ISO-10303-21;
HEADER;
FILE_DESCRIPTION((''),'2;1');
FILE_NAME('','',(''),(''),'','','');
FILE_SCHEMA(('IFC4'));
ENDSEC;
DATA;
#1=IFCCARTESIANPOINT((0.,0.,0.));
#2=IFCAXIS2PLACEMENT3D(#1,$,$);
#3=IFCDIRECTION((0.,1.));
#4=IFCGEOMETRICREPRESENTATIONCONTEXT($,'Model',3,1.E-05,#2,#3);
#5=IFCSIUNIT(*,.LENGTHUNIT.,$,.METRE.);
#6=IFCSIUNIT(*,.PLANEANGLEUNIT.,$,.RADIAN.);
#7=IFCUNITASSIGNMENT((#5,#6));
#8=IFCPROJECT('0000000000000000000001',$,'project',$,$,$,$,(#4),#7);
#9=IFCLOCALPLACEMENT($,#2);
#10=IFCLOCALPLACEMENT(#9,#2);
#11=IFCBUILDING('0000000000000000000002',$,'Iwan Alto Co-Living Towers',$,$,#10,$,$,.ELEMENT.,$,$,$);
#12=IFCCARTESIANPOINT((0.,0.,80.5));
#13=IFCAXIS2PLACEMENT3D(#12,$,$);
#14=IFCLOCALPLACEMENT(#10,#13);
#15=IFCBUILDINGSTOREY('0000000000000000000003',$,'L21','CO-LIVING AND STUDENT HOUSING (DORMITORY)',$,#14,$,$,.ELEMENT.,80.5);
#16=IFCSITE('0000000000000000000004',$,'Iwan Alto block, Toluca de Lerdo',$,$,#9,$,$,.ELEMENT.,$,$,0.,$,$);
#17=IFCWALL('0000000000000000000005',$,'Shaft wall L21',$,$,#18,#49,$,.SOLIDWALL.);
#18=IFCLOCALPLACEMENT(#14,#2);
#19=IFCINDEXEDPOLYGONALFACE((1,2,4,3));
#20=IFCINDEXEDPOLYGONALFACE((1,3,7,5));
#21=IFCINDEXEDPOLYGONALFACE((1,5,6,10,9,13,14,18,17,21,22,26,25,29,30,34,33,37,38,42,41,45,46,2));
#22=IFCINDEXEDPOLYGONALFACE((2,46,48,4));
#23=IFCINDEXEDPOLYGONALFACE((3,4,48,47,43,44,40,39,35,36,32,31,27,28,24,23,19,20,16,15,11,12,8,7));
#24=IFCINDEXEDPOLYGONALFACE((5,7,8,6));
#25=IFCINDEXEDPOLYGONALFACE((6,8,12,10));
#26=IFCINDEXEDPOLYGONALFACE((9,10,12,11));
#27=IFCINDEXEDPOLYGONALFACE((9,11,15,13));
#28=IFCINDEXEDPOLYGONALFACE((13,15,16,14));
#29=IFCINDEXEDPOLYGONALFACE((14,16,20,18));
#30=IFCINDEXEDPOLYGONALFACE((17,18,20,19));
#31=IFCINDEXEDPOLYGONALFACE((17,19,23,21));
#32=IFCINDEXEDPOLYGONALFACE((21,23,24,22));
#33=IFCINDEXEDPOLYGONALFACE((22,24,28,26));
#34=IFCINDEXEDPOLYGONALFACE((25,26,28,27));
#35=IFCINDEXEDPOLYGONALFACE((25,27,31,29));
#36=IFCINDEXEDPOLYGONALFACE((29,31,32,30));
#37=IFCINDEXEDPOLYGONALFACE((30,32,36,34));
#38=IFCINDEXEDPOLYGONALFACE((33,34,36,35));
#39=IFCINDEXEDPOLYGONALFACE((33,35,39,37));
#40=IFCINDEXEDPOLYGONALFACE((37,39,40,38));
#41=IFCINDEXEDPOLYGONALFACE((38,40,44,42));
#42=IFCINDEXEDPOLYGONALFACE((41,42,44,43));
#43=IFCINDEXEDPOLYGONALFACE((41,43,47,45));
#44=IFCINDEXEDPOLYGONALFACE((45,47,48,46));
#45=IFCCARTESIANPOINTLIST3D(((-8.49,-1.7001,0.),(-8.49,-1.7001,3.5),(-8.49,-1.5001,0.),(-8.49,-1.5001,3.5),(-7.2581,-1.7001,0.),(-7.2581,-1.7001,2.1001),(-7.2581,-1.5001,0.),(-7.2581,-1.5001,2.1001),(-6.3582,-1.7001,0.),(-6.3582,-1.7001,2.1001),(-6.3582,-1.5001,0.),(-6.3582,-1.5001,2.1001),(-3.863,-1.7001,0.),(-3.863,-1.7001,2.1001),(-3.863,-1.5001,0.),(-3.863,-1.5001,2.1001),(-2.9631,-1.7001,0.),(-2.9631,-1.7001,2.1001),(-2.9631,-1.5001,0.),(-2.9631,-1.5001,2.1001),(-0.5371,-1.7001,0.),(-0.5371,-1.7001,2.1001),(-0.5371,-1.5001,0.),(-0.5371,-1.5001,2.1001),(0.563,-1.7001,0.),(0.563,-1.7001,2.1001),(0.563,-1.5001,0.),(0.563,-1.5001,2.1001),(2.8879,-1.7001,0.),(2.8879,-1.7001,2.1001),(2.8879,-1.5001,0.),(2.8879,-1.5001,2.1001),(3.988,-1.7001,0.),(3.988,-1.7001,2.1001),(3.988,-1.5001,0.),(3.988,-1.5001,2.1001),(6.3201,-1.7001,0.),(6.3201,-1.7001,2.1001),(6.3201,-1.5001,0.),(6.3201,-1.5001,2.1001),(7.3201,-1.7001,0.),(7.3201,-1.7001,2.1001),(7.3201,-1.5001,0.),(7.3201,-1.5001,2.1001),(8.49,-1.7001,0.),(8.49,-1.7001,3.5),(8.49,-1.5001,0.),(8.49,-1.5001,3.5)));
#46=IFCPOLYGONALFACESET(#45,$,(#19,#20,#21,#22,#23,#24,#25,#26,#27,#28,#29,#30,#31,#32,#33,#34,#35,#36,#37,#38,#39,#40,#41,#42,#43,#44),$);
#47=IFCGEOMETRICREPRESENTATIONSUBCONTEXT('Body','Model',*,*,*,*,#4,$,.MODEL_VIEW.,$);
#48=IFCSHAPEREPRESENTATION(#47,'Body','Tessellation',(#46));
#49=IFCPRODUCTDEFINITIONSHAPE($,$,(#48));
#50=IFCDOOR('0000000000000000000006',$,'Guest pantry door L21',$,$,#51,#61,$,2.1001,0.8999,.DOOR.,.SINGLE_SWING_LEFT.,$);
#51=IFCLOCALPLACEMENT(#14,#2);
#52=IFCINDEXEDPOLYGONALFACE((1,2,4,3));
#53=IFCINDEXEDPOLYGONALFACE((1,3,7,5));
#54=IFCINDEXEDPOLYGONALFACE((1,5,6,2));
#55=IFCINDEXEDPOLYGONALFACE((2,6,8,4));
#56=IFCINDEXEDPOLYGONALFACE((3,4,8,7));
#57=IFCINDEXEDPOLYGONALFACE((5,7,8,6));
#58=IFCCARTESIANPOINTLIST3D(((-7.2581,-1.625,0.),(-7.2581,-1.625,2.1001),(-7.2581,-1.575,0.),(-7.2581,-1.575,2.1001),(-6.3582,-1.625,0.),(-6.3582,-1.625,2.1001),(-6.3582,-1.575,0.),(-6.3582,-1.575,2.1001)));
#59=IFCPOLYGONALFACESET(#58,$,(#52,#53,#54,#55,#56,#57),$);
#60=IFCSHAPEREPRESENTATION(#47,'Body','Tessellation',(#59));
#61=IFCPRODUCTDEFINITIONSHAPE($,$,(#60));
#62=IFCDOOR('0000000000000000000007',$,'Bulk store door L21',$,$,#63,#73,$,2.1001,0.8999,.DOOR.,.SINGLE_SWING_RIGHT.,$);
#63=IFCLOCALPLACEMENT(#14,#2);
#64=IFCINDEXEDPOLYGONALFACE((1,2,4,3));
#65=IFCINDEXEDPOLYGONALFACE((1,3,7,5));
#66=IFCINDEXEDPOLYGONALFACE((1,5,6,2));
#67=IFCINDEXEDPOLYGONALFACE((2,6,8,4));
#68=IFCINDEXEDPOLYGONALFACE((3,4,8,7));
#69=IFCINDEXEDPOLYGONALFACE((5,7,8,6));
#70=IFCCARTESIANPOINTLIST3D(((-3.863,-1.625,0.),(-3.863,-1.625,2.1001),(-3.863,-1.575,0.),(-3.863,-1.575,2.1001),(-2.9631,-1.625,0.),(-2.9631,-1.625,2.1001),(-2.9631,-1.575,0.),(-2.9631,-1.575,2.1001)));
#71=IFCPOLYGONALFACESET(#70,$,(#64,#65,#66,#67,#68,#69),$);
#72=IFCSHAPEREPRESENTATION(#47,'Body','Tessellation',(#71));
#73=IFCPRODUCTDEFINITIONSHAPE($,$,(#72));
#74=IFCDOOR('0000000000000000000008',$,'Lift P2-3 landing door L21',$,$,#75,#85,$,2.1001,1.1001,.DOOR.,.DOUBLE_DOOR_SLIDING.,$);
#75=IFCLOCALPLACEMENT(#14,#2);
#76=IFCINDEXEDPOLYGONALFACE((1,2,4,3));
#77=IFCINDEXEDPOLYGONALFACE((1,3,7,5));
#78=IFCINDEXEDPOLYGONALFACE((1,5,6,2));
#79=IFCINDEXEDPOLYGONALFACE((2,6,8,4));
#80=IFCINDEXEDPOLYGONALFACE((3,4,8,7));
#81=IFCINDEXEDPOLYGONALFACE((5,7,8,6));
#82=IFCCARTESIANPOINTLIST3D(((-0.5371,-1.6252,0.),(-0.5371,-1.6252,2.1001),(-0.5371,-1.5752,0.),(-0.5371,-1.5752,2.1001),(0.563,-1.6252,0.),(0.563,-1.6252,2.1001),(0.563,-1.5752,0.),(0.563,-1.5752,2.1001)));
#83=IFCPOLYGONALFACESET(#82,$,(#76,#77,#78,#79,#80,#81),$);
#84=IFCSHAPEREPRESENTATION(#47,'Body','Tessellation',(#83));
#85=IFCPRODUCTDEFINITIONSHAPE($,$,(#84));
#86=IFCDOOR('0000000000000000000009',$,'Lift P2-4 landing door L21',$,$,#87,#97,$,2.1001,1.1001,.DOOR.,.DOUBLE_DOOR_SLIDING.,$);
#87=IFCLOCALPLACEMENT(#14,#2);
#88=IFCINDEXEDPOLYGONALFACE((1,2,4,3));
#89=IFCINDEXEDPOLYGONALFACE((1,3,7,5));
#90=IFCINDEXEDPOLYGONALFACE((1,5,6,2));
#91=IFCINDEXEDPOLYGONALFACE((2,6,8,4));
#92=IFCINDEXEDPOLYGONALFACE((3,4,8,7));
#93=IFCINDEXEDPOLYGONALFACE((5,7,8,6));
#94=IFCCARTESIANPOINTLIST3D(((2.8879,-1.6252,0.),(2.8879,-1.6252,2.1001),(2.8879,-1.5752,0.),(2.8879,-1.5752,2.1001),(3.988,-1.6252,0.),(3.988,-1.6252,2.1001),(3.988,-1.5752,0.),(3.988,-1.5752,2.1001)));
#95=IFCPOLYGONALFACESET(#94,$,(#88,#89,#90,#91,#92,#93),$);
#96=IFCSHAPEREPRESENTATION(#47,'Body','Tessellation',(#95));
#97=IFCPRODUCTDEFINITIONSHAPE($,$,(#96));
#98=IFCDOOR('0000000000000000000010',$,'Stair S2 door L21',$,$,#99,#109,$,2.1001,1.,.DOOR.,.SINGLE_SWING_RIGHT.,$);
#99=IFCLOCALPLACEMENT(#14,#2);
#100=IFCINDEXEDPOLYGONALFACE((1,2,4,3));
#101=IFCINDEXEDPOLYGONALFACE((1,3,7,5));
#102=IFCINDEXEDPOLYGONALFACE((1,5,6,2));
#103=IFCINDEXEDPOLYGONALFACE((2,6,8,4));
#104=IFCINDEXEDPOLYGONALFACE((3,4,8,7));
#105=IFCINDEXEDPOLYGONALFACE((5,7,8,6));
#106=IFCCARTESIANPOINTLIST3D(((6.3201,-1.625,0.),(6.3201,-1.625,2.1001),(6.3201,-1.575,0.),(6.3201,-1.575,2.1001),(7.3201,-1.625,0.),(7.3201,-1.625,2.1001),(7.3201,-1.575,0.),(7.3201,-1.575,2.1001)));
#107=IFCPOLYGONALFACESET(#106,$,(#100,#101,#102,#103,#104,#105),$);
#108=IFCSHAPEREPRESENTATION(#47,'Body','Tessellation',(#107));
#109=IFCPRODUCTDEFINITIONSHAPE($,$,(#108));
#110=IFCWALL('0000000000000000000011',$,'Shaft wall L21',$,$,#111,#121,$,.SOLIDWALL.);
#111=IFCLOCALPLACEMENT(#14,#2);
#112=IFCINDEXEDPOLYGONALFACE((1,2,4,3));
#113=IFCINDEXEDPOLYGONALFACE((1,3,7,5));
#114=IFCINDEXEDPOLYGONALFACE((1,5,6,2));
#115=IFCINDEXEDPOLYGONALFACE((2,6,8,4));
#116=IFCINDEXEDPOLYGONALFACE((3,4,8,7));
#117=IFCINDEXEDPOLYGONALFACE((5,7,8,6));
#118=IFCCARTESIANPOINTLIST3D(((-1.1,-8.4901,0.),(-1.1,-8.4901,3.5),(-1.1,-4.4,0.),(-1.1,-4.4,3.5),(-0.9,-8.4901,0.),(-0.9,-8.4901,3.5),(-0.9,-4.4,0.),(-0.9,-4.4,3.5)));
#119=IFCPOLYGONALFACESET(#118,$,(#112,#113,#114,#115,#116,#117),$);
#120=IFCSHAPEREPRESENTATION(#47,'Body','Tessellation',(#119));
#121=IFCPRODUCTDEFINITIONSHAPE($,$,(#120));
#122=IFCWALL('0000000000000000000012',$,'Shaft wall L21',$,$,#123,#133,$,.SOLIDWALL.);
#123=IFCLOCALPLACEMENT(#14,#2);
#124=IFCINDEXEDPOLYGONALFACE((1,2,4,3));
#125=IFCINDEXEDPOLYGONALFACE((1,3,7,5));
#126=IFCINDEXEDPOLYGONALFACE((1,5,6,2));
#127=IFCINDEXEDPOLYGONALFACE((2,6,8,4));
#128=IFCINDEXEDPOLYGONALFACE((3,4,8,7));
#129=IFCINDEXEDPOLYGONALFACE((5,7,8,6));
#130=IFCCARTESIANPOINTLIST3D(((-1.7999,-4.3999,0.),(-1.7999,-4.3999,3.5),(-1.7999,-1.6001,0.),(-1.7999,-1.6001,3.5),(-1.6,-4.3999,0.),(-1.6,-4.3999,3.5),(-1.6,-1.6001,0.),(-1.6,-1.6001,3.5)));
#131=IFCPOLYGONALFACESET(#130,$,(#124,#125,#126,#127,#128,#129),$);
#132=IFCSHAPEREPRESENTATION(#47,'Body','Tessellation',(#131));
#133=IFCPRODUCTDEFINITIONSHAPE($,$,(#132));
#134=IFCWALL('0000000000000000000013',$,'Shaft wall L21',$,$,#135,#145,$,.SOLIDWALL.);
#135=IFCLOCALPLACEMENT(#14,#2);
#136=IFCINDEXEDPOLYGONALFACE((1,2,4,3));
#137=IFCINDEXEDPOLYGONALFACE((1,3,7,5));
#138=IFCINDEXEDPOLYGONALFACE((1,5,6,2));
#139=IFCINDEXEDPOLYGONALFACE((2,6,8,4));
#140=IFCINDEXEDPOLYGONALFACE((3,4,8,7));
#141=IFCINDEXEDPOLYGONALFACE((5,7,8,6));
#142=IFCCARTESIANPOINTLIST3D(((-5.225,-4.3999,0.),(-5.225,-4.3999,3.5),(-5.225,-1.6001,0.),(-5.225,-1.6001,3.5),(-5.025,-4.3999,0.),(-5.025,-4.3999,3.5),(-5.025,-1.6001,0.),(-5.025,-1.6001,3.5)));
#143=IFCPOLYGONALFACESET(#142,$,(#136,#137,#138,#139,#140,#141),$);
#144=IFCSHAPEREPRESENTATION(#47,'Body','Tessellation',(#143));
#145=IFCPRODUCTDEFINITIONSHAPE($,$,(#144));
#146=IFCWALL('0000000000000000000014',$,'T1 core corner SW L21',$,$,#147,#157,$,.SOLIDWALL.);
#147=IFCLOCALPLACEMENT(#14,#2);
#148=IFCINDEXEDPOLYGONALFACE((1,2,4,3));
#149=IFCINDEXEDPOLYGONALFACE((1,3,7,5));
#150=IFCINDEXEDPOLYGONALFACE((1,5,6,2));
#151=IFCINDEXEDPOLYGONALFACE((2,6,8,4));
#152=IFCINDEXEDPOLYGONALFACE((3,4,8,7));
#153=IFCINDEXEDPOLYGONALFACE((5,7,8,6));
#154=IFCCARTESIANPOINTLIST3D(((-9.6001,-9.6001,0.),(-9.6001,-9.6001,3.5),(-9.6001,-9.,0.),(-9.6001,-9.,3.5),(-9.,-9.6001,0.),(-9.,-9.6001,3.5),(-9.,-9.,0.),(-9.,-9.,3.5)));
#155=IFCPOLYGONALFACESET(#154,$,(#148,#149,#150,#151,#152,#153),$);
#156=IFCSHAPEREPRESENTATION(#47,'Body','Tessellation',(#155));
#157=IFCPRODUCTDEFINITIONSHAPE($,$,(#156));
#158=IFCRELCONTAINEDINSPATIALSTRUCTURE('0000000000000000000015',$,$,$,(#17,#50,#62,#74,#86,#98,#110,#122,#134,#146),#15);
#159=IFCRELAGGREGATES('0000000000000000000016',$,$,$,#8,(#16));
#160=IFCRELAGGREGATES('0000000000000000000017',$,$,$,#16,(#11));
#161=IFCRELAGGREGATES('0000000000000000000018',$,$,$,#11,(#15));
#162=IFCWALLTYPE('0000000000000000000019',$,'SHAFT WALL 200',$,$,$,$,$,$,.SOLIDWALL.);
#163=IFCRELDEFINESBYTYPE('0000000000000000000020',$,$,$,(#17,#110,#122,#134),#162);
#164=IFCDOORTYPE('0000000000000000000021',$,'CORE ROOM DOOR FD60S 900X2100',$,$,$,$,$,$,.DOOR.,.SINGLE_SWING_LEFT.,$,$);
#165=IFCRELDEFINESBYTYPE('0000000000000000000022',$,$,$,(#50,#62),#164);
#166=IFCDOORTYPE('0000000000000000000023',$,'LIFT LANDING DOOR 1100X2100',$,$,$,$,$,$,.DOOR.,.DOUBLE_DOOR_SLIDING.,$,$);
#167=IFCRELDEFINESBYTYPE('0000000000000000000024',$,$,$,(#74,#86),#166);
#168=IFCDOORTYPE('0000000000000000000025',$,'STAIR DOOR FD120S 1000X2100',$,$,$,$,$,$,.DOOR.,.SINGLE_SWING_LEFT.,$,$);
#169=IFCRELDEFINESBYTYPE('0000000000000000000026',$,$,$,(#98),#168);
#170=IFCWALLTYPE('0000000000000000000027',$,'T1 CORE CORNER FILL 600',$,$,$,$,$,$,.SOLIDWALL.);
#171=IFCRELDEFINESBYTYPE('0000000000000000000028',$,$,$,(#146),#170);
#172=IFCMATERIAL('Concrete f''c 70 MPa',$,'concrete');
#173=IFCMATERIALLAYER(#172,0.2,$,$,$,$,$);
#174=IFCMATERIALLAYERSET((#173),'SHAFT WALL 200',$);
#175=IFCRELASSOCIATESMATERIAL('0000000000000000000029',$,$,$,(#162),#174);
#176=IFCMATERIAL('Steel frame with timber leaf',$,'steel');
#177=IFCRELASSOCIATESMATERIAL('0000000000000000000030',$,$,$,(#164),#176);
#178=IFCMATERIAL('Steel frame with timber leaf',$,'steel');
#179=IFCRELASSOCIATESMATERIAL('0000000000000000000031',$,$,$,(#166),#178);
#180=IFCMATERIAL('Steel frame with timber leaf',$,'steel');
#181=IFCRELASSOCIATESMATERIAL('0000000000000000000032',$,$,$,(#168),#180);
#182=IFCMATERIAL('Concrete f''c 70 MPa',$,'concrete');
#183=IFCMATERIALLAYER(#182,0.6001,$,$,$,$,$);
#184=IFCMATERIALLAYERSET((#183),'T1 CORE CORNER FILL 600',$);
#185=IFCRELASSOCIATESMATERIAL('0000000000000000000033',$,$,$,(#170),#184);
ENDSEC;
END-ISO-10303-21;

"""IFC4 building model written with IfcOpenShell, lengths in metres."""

from ifc_helpers import new_model, si_unit, direction, frame, frame_2d, origin, place, context, subcontext, project, spatial, rectangle, extrude, material, layer, layer_set, type_object, element, fill, save


model = new_model("IFC4")

# Units and contexts
model_context = context("Model", 3, precision=1e-05, world=origin(), true_north=direction((0.0, 1.0)))
body_context = subcontext(model_context, "Body", "Model", "MODEL_VIEW")
ifc_project = project(units=[si_unit("LENGTHUNIT", "METRE"), si_unit("PLANEANGLEUNIT", "RADIAN")], contexts=[model_context])

# Site, building, storey
site_placement = place(None, origin())
site = spatial("IfcSite", under=ifc_project, at=site_placement, Name="Iwan Alto block, Toluca de Lerdo", CompositionType="ELEMENT", RefElevation=0.0)
building_placement = place(site_placement, origin())
building = spatial("IfcBuilding", under=site, at=building_placement, Name="Iwan Alto Co-Living Towers", CompositionType="ELEMENT")
storey_placement = place(building_placement, frame((0.0, 0.0, 80.5)))
storey = spatial("IfcBuildingStorey", under=building, at=storey_placement, Name="L21", Description="CO-LIVING AND STUDENT HOUSING (DORMITORY)", CompositionType="ELEMENT", Elevation=80.5)

# Shared definitions
ifc_material_1 = material(Name="Concrete f'c 70 MPa", Category="concrete")
ifc_layer_1 = layer(ifc_material_1, 0.2)
ifc_layer_set_1 = layer_set([ifc_layer_1], Name="SHAFT WALL 200")
wall_type_1 = type_object("IfcWallType", Name="SHAFT WALL 200", PredefinedType="SOLIDWALL", material=ifc_layer_set_1)

# Wall, openings, doors
wall_1_placement = place(storey_placement, frame((-8.49, -1.6001, 0.0), z_axis=(0.0, 0.0, 1.0), x_axis=(1.0, 0.0, 0.0)))
wall_1 = element("IfcWall", 1, at=wall_1_placement, inside=storey, type_object=wall_type_1, Name="Shaft wall L21", PredefinedType="SOLIDWALL", context=body_context, shape_type="SweptSolid", body=[
    extrude(rectangle(XDim=16.98, YDim=0.2, at=frame_2d((8.49, 0.0))), origin(), (0.0, 0.0, 1.0), 3.5),
])
opening_1_placement = place(wall_1_placement, frame((14.8101, 0.0, 0.0)))
opening_1 = element("IfcOpeningElement", 2, at=opening_1_placement, cuts=wall_1, PredefinedType="OPENING", context=body_context, shape_type="SweptSolid", body=[
    extrude(rectangle(XDim=1.0, YDim=2.1001, at=frame_2d((0.5, 1.05))), frame((0.0, 0.1099, 0.0), z_axis=(0.0, -1.0, 0.0), x_axis=(1.0, 0.0, 0.0)), (0.0, 0.0, 1.0), 0.22),
])
opening_2_placement = place(wall_1_placement, frame((1.2319, 0.0, 0.0)))
opening_2 = element("IfcOpeningElement", 3, at=opening_2_placement, cuts=wall_1, PredefinedType="OPENING", context=body_context, shape_type="SweptSolid", body=[
    extrude(rectangle(XDim=0.8999, YDim=2.1001, at=frame_2d((0.45, 1.05))), frame((0.0, 0.1099, 0.0), z_axis=(0.0, -1.0, 0.0), x_axis=(1.0, 0.0, 0.0)), (0.0, 0.0, 1.0), 0.22),
])
opening_3_placement = place(wall_1_placement, frame((4.627, 0.0, 0.0)))
opening_3 = element("IfcOpeningElement", 4, at=opening_3_placement, cuts=wall_1, PredefinedType="OPENING", context=body_context, shape_type="SweptSolid", body=[
    extrude(rectangle(XDim=0.8999, YDim=2.1001, at=frame_2d((0.45, 1.05))), frame((0.0, 0.1099, 0.0), z_axis=(0.0, -1.0, 0.0), x_axis=(1.0, 0.0, 0.0)), (0.0, 0.0, 1.0), 0.22),
])
opening_4_placement = place(wall_1_placement, frame((7.9529, 0.0, 0.0)))
opening_4 = element("IfcOpeningElement", 5, at=opening_4_placement, cuts=wall_1, PredefinedType="OPENING", context=body_context, shape_type="SweptSolid", body=[
    extrude(rectangle(XDim=1.1001, YDim=2.1001, at=frame_2d((0.55, 1.05))), frame((0.0, 0.1099, 0.0), z_axis=(0.0, -1.0, 0.0), x_axis=(1.0, 0.0, 0.0)), (0.0, 0.0, 1.0), 0.22),
])
opening_5_placement = place(wall_1_placement, frame((11.3779, 0.0, 0.0)))
opening_5 = element("IfcOpeningElement", 6, at=opening_5_placement, cuts=wall_1, PredefinedType="OPENING", context=body_context, shape_type="SweptSolid", body=[
    extrude(rectangle(XDim=1.1001, YDim=2.1001, at=frame_2d((0.55, 1.05))), frame((0.0, 0.1099, 0.0), z_axis=(0.0, -1.0, 0.0), x_axis=(1.0, 0.0, 0.0)), (0.0, 0.0, 1.0), 0.22),
])
ifc_material_2 = material(Name="Steel frame with timber leaf", Category="steel")
door_type_1 = type_object("IfcDoorType", Name="CORE ROOM DOOR FD60S 900X2100", OperationType="SINGLE_SWING_LEFT", PredefinedType="DOOR", material=ifc_material_2)
door_1_placement = place(opening_2_placement, frame((0.8999, 0.0, 0.0), z_axis=(0.0, 0.0, 1.0), x_axis=(-1.0, 0.0, 0.0)))
door_1 = element("IfcDoor", 7, at=door_1_placement, inside=storey, type_object=door_type_1, Name="Guest pantry door L21", OperationType="SINGLE_SWING_LEFT", OverallHeight=2.1001, OverallWidth=0.8999, PredefinedType="DOOR", context=body_context, shape_type="SweptSolid", body=[
    extrude(rectangle(XDim=0.8999, YDim=2.1001, at=frame_2d((0.45, 1.05))), frame((0.0, 0.0249, 0.0), z_axis=(0.0, -1.0, 0.0), x_axis=(1.0, 0.0, 0.0)), (0.0, 0.0, 1.0), 0.05),
])
fill(opening_2, door_1)
door_2_placement = place(opening_3_placement, frame((0.8999, 0.0, 0.0), z_axis=(0.0, 0.0, 1.0), x_axis=(-1.0, 0.0, 0.0)))
door_2 = element("IfcDoor", 8, at=door_2_placement, inside=storey, type_object=door_type_1, Name="Bulk store door L21", OperationType="SINGLE_SWING_RIGHT", OverallHeight=2.1001, OverallWidth=0.8999, PredefinedType="DOOR", context=body_context, shape_type="SweptSolid", body=[
    extrude(rectangle(XDim=0.8999, YDim=2.1001, at=frame_2d((0.45, 1.05))), frame((0.0, 0.0249, 0.0), z_axis=(0.0, -1.0, 0.0), x_axis=(1.0, 0.0, 0.0)), (0.0, 0.0, 1.0), 0.05),
])
fill(opening_3, door_2)
ifc_material_3 = material(Name="Steel frame with timber leaf", Category="steel")
door_type_2 = type_object("IfcDoorType", Name="LIFT LANDING DOOR 1100X2100", OperationType="DOUBLE_DOOR_SLIDING", PredefinedType="DOOR", material=ifc_material_3)
door_3_placement = place(opening_4_placement, origin())
door_3 = element("IfcDoor", 9, at=door_3_placement, inside=storey, type_object=door_type_2, Name="Lift P2-3 landing door L21", OperationType="DOUBLE_DOOR_SLIDING", OverallHeight=2.1001, OverallWidth=1.1001, PredefinedType="DOOR", context=body_context, shape_type="SweptSolid", body=[
    extrude(rectangle(XDim=1.1001, YDim=2.1001, at=frame_2d((0.55, 1.05))), frame((0.0, 0.0249, 0.0), z_axis=(0.0, -1.0, 0.0), x_axis=(1.0, 0.0, 0.0)), (0.0, 0.0, 1.0), 0.05),
])
fill(opening_4, door_3)
door_4_placement = place(opening_5_placement, origin())
door_4 = element("IfcDoor", 10, at=door_4_placement, inside=storey, type_object=door_type_2, Name="Lift P2-4 landing door L21", OperationType="DOUBLE_DOOR_SLIDING", OverallHeight=2.1001, OverallWidth=1.1001, PredefinedType="DOOR", context=body_context, shape_type="SweptSolid", body=[
    extrude(rectangle(XDim=1.1001, YDim=2.1001, at=frame_2d((0.55, 1.05))), frame((0.0, 0.0249, 0.0), z_axis=(0.0, -1.0, 0.0), x_axis=(1.0, 0.0, 0.0)), (0.0, 0.0, 1.0), 0.05),
])
fill(opening_5, door_4)
ifc_material_4 = material(Name="Steel frame with timber leaf", Category="steel")
door_type_3 = type_object("IfcDoorType", Name="STAIR DOOR FD120S 1000X2100", OperationType="SINGLE_SWING_LEFT", PredefinedType="DOOR", material=ifc_material_4)
door_5_placement = place(opening_1_placement, frame((1.0, 0.0, 0.0), z_axis=(0.0, 0.0, 1.0), x_axis=(-1.0, 0.0, 0.0)))
door_5 = element("IfcDoor", 11, at=door_5_placement, inside=storey, type_object=door_type_3, Name="Stair S2 door L21", OperationType="SINGLE_SWING_RIGHT", OverallHeight=2.1001, OverallWidth=1.0, PredefinedType="DOOR", context=body_context, shape_type="SweptSolid", body=[
    extrude(rectangle(XDim=1.0, YDim=2.1001, at=frame_2d((0.5, 1.05))), frame((0.0, 0.0249, 0.0), z_axis=(0.0, -1.0, 0.0), x_axis=(1.0, 0.0, 0.0)), (0.0, 0.0, 1.0), 0.05),
])
fill(opening_1, door_5)

# Walls
wall_2_placement = place(storey_placement, frame((-1.0, -8.49, 0.0), z_axis=(0.0, 0.0, 1.0), x_axis=(0.0, 1.0, 0.0)))
element("IfcWall", 12, at=wall_2_placement, inside=storey, type_object=wall_type_1, Name="Shaft wall L21", PredefinedType="SOLIDWALL", context=body_context, shape_type="SweptSolid", body=[
    extrude(rectangle(XDim=4.0901, YDim=0.2, at=frame_2d((2.0449, 0.0))), origin(), (0.0, 0.0, 1.0), 3.5),
])
for number, where, z_axis, x_axis, name in (
    (13, (-1.7, -4.3999, 0.0), (0.0, 0.0, 1.0), (0.0, 1.0, 0.0), "Shaft wall L21"),
    (14, (-5.125, -4.3999, 0.0), (0.0, 0.0, 1.0), (0.0, 1.0, 0.0), "Shaft wall L21"),
):
    element("IfcWall", number, at=place(storey_placement, frame(where, z_axis=z_axis, x_axis=x_axis)), inside=storey, type_object=wall_type_1, Name=name, PredefinedType="SOLIDWALL", context=body_context, shape_type="SweptSolid", body=[
        extrude(rectangle(XDim=2.7998, YDim=0.2, at=frame_2d((1.3999, 0.0))), origin(), (0.0, 0.0, 1.0), 3.5),
    ])
ifc_material_5 = material(Name="Concrete f'c 70 MPa", Category="concrete")
ifc_layer_2 = layer(ifc_material_5, 0.6001)
ifc_layer_set_2 = layer_set([ifc_layer_2], Name="T1 CORE CORNER FILL 600")
wall_type_2 = type_object("IfcWallType", Name="T1 CORE CORNER FILL 600", PredefinedType="SOLIDWALL", material=ifc_layer_set_2)
wall_3_placement = place(storey_placement, frame((-9.6001, -9.3, 0.0), z_axis=(0.0, 0.0, 1.0), x_axis=(1.0, 0.0, 0.0)))
element("IfcWall", 15, at=wall_3_placement, inside=storey, type_object=wall_type_2, Name="T1 core corner SW L21", PredefinedType="SOLIDWALL", context=body_context, shape_type="SweptSolid", body=[
    extrude(rectangle(XDim=0.6001, YDim=0.6001, at=frame_2d((0.3, 0.0))), origin(), (0.0, 0.0, 1.0), 3.5),
])

save(model, "model.ifc")
